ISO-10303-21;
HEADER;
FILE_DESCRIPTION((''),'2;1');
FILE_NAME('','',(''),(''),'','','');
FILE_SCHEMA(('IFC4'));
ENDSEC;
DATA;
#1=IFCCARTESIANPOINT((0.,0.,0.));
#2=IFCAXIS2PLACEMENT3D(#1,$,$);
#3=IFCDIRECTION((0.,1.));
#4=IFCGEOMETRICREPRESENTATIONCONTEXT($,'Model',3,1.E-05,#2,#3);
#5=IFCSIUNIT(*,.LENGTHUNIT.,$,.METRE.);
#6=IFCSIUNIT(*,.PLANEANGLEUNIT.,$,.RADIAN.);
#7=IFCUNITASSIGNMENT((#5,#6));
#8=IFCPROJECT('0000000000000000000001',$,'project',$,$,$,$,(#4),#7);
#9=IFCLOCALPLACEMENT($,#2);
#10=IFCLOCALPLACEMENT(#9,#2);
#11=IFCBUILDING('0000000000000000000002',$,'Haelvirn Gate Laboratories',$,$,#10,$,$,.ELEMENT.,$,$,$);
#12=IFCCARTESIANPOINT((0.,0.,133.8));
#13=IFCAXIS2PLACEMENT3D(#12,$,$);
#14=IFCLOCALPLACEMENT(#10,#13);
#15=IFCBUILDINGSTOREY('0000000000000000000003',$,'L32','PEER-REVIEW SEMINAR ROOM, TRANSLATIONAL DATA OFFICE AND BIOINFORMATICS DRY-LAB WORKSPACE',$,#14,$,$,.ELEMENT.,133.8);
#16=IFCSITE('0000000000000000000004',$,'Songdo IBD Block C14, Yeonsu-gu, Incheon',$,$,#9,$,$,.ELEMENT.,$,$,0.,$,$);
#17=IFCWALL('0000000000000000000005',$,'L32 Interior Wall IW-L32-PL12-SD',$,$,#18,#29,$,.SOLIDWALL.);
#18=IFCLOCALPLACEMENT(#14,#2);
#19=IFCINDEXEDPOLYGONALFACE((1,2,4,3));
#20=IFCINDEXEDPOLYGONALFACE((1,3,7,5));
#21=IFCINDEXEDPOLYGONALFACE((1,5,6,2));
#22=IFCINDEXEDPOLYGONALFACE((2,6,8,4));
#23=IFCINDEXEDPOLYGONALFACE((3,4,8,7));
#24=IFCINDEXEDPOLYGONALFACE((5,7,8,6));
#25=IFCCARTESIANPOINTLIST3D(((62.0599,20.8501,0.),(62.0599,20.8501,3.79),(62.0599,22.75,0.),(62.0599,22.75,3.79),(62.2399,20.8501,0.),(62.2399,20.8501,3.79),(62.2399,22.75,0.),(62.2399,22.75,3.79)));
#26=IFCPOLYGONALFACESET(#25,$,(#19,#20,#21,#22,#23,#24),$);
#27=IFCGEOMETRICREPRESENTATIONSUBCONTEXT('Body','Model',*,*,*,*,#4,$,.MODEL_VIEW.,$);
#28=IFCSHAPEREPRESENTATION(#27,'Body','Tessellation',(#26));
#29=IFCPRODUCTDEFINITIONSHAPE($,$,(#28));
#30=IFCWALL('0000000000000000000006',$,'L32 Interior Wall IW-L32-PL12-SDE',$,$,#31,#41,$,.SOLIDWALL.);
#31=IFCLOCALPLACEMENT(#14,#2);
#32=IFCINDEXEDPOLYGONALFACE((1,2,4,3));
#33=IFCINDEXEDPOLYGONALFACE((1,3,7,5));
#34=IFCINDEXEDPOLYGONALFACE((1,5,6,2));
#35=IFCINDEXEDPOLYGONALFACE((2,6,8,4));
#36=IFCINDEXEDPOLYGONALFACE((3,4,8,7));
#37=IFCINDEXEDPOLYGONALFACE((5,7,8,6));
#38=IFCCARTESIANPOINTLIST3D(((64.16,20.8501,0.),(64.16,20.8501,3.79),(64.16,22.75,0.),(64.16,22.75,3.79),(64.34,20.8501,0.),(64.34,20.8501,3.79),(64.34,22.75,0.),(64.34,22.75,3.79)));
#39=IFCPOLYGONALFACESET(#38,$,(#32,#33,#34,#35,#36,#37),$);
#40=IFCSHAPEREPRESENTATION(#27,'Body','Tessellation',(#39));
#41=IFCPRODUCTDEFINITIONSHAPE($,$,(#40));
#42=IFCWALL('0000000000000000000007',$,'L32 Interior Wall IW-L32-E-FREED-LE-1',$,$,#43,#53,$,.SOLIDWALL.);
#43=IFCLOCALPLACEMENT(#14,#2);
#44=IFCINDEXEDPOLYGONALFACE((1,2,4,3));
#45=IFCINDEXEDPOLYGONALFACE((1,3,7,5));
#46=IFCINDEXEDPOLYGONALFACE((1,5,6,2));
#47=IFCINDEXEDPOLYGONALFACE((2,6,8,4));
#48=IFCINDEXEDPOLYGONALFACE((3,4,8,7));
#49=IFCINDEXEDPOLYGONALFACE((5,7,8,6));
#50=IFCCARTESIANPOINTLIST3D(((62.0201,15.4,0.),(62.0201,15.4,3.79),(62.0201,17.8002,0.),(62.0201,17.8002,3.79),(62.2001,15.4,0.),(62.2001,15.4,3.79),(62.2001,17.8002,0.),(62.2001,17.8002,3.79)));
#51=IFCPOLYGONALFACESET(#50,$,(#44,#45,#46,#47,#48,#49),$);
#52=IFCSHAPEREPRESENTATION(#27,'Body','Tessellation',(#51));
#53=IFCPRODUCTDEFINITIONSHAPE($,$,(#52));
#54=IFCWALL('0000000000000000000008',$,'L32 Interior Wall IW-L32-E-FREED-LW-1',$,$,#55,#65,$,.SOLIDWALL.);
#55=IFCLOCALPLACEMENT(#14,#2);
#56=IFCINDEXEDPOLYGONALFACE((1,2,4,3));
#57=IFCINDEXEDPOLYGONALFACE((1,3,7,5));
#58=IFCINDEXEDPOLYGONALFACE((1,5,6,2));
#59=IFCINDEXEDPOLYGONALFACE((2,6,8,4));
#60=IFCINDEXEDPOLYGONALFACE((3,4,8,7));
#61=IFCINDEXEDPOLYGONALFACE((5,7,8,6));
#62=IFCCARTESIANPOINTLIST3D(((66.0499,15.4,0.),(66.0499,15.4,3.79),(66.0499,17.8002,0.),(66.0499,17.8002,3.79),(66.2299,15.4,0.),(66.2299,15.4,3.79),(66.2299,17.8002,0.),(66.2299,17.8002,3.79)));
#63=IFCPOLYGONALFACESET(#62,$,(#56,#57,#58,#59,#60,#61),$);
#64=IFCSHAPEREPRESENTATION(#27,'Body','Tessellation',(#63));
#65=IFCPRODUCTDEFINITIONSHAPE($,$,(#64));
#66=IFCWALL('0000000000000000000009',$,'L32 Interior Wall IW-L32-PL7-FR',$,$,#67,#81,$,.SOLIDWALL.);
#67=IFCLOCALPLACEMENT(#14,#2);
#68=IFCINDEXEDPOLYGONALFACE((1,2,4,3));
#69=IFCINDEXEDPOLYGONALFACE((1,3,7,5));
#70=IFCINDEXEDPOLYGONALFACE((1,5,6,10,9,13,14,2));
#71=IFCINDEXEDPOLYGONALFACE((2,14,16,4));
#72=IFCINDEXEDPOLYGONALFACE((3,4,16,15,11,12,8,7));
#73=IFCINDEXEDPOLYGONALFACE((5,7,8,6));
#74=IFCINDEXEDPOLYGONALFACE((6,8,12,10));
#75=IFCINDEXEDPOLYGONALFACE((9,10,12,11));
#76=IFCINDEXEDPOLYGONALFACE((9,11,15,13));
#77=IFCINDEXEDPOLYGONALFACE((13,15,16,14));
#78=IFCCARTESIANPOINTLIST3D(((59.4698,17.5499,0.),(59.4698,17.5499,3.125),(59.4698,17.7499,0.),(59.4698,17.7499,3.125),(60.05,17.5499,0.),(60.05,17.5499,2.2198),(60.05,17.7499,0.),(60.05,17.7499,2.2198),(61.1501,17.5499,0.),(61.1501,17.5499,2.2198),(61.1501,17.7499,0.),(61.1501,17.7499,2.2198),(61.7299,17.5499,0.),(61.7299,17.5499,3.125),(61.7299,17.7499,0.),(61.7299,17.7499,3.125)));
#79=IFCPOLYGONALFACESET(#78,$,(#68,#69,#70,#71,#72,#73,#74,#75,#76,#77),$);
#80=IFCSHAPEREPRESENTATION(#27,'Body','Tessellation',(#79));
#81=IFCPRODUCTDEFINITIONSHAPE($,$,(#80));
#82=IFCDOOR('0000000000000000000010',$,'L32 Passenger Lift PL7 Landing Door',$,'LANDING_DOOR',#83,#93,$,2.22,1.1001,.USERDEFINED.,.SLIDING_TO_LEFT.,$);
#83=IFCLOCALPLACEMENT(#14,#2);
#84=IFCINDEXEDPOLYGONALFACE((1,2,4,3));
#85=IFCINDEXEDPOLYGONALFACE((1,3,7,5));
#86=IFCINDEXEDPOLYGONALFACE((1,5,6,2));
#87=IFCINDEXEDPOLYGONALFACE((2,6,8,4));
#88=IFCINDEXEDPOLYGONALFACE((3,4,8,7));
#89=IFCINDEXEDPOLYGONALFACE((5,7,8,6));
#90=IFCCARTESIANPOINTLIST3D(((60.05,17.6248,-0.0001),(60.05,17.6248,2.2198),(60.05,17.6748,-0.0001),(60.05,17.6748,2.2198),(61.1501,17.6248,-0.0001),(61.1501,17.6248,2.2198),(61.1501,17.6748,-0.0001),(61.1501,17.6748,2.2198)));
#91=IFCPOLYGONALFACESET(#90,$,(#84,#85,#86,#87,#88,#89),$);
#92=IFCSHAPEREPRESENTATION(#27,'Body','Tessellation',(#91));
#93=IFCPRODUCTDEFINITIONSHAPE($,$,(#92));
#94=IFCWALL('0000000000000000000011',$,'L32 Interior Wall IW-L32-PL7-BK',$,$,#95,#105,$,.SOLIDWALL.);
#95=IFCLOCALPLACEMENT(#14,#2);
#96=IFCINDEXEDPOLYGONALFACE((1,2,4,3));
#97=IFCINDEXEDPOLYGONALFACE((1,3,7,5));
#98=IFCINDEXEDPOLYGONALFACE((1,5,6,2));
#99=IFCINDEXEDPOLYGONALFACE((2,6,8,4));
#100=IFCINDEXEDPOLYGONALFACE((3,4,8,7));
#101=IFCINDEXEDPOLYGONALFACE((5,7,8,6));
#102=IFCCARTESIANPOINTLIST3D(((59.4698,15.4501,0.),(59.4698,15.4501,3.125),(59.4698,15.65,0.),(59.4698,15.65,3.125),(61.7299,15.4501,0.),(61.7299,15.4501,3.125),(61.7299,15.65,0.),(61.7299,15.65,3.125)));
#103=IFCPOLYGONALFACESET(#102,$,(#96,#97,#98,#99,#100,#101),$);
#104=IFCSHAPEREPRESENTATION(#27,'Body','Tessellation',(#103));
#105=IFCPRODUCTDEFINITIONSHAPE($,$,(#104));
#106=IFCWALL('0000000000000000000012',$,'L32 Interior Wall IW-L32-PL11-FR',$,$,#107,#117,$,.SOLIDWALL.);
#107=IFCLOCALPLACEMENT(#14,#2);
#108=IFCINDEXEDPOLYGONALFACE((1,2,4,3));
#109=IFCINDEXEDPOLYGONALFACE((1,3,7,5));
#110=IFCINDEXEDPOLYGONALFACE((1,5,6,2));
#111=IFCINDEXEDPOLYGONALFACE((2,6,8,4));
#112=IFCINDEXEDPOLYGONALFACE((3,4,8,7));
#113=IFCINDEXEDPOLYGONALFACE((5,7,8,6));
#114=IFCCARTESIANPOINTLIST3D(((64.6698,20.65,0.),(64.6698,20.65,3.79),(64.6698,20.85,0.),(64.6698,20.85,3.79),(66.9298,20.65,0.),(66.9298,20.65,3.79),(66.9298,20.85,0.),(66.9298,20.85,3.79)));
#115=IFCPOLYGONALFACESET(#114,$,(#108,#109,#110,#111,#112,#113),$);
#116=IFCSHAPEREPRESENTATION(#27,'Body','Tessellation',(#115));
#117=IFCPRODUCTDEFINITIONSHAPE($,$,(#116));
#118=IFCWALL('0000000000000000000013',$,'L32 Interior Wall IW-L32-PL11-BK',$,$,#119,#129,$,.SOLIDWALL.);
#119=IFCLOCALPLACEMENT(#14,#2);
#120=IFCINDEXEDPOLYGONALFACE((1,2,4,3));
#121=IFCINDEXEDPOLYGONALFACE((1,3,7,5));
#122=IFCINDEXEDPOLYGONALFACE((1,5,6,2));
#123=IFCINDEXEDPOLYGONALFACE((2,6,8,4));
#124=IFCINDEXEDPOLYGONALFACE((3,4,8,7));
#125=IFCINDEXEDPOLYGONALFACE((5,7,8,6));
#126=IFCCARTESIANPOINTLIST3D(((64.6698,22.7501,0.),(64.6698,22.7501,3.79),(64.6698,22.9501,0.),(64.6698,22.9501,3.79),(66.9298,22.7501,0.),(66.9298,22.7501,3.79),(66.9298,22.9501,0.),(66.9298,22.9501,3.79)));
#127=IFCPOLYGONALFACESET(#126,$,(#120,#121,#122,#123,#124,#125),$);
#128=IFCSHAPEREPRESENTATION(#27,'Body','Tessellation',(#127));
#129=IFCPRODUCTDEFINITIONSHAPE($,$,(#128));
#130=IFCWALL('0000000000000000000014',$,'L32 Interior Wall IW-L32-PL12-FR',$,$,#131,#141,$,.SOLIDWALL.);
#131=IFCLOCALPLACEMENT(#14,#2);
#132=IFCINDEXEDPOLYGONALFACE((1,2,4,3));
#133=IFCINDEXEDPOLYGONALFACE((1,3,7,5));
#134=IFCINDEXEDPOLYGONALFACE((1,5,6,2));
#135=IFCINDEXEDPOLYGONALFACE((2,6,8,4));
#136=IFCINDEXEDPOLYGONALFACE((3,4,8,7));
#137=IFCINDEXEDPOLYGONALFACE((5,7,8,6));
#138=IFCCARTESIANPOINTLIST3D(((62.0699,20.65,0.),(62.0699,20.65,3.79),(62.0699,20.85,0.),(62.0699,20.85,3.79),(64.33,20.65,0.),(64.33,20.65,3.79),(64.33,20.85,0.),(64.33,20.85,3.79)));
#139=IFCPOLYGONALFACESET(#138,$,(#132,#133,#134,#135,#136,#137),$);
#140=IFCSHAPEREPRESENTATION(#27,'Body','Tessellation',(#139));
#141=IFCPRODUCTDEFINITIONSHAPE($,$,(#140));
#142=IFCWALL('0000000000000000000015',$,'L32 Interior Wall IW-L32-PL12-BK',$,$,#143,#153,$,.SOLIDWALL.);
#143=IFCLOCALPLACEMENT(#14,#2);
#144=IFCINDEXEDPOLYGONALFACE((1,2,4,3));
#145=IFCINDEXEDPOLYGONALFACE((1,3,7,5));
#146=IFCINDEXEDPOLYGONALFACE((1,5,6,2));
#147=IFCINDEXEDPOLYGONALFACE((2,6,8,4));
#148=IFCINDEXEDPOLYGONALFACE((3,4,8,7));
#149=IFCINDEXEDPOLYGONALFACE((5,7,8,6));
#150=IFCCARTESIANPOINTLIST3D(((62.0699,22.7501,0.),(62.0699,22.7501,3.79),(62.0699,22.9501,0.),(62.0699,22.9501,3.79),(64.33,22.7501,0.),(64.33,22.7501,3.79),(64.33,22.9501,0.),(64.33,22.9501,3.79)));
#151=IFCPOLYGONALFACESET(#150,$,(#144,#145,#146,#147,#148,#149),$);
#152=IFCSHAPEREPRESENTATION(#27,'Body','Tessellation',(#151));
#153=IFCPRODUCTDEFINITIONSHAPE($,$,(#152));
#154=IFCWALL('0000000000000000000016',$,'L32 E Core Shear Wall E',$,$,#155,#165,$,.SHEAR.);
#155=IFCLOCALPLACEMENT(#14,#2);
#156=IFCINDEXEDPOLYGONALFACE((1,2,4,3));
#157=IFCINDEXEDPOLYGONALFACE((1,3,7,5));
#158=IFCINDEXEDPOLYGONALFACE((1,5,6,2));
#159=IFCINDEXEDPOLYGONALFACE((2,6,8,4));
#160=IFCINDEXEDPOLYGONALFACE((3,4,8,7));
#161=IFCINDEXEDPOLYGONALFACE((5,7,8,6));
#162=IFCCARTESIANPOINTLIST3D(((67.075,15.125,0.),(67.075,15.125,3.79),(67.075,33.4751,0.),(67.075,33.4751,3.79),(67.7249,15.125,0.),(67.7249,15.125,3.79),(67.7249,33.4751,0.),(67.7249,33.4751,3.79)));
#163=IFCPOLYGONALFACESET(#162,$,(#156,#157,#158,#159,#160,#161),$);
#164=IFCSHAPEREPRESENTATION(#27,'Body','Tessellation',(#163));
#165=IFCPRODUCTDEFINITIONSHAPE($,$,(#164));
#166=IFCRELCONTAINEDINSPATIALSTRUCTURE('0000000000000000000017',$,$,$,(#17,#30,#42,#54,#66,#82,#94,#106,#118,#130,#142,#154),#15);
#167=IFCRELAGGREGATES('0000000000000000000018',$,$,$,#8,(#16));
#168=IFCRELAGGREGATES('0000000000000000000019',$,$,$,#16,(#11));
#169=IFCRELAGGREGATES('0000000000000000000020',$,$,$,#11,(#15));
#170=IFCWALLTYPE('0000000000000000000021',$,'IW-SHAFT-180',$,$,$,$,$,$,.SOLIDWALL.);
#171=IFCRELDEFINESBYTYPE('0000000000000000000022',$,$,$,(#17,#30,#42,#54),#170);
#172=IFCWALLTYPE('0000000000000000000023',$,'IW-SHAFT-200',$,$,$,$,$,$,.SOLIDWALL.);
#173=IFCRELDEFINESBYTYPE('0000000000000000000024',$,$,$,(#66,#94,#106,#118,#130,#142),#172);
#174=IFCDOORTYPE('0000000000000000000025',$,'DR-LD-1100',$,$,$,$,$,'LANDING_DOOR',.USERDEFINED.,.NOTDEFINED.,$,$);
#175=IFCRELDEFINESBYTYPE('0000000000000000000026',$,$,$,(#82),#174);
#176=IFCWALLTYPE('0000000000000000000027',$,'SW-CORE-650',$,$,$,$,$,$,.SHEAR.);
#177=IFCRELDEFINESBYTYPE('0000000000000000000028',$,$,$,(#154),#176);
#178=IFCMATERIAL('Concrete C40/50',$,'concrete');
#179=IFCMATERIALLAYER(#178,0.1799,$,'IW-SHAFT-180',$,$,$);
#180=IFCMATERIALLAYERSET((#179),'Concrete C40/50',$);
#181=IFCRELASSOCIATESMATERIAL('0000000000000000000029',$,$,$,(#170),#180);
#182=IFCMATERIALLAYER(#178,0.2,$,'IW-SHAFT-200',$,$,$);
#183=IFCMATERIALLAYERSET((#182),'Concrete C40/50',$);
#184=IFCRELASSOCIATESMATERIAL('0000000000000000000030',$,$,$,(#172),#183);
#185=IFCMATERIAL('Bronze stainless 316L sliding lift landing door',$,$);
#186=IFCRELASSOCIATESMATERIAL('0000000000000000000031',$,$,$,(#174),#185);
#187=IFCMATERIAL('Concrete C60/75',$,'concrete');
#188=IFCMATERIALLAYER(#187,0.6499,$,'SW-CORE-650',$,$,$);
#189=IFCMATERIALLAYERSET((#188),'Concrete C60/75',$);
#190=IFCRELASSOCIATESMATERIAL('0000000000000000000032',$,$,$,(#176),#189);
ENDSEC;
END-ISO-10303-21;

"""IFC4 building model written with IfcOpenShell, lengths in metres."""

from ifc_helpers import new_model, si_unit, direction, frame, frame_2d, origin, place, context, subcontext, project, spatial, rectangle, extrude, source, transform, mapped, material, layer, layer_set, type_object, type_shapes, element, fill, save


model = new_model("IFC4")

# Units and contexts
model_context = context("Model", 3, precision=1e-05, world=origin(), true_north=direction((0.0, 1.0)))
body_context = subcontext(model_context, "Body", "Model", "MODEL_VIEW")
ifc_project = project(units=[si_unit("LENGTHUNIT", "METRE"), si_unit("PLANEANGLEUNIT", "RADIAN")], contexts=[model_context])

# Site, building, storey
site_placement = place(None, origin())
site = spatial("IfcSite", under=ifc_project, at=site_placement, Name="Songdo IBD Block C14, Yeonsu-gu, Incheon", CompositionType="ELEMENT", RefElevation=0.0)
building_placement = place(site_placement, origin())
building = spatial("IfcBuilding", under=site, at=building_placement, Name="Haelvirn Gate Laboratories", CompositionType="ELEMENT")
storey_placement = place(building_placement, frame((0.0, 0.0, 133.8)))
storey = spatial("IfcBuildingStorey", under=building, at=storey_placement, Name="L32", Description="PEER-REVIEW SEMINAR ROOM, TRANSLATIONAL DATA OFFICE AND BIOINFORMATICS DRY-LAB WORKSPACE", CompositionType="ELEMENT", Elevation=133.8)

# Shared definitions
ifc_material_1 = material(Name="Concrete C60/75", Category="concrete")

# Walls
ifc_material_2 = material(Name="Concrete C40/50", Category="concrete")
ifc_layer_1 = layer(ifc_material_2, 0.1799, Name="IW-SHAFT-180")
ifc_layer_set_1 = layer_set([ifc_layer_1], Name="Concrete C40/50")
wall_type_1 = type_object("IfcWallType", Name="IW-SHAFT-180", PredefinedType="SOLIDWALL", material=ifc_layer_set_1)
for number, where, z_axis, x_axis, name in (
    (1, (62.1499, 20.8501, 0.0), (0.0, 0.0, 1.0), (0.0, 1.0, 0.0), "L32 Interior Wall IW-L32-PL12-SD"),
    (2, (64.25, 20.8501, 0.0), (0.0, 0.0, 1.0), (0.0, 1.0, 0.0), "L32 Interior Wall IW-L32-PL12-SDE"),
):
    element("IfcWall", number, at=place(storey_placement, frame(where, z_axis=z_axis, x_axis=x_axis)), inside=storey, type_object=wall_type_1, Name=name, PredefinedType="SOLIDWALL", context=body_context, shape_type="SweptSolid", body=[
        extrude(rectangle(XDim=1.8999, YDim=0.1799, at=frame_2d((0.95, 0.0))), origin(), (0.0, 0.0, 1.0), 3.79),
    ])

# Walls
for number, where, z_axis, x_axis, name in (
    (3, (62.1101, 15.3999, 0.0), (0.0, 0.0, 1.0), (0.0, 1.0, 0.0), "L32 Interior Wall IW-L32-E-FREED-LE-1"),
    (4, (66.1399, 15.3999, 0.0), (0.0, 0.0, 1.0), (0.0, 1.0, 0.0), "L32 Interior Wall IW-L32-E-FREED-LW-1"),
):
    element("IfcWall", number, at=place(storey_placement, frame(where, z_axis=z_axis, x_axis=x_axis)), inside=storey, type_object=wall_type_1, Name=name, PredefinedType="SOLIDWALL", context=body_context, shape_type="SweptSolid", body=[
        extrude(rectangle(XDim=2.4001, YDim=0.1799, at=frame_2d((1.2002, 0.0))), origin(), (0.0, 0.0, 1.0), 3.79),
    ])

# Wall, opening, door
ifc_layer_2 = layer(ifc_material_2, 0.2, Name="IW-SHAFT-200")
ifc_layer_set_2 = layer_set([ifc_layer_2], Name="Concrete C40/50")
wall_type_2 = type_object("IfcWallType", Name="IW-SHAFT-200", PredefinedType="SOLIDWALL", material=ifc_layer_set_2)
wall_1_placement = place(storey_placement, frame((59.47, 17.6499, 0.0), z_axis=(0.0, 0.0, 1.0), x_axis=(1.0, 0.0, 0.0)))
wall_1 = element("IfcWall", 5, at=wall_1_placement, inside=storey, type_object=wall_type_2, Name="L32 Interior Wall IW-L32-PL7-FR", PredefinedType="SOLIDWALL", context=body_context, shape_type="SweptSolid", body=[
    extrude(rectangle(XDim=2.26, YDim=0.2, at=frame_2d((1.1299, 0.0))), origin(), (0.0, 0.0, 1.0), 3.125),
])
opening_1_placement = place(wall_1_placement, frame((0.5801, 0.0, 0.0)))
opening_1 = element("IfcOpeningElement", 6, at=opening_1_placement, cuts=wall_1, PredefinedType="OPENING", context=body_context, shape_type="SweptSolid", body=[
    extrude(rectangle(XDim=1.1001, YDim=2.22, at=frame_2d((0.55, 1.1099))), frame((0.0, 0.1099, 0.0), z_axis=(0.0, -1.0, 0.0), x_axis=(1.0, 0.0, 0.0)), (0.0, 0.0, 1.0), 0.22),
])
ifc_material_3 = material(Name="Bronze stainless 316L sliding lift landing door")
door_type_1 = type_object("IfcDoorType", Name="DR-LD-1100", ElementType="LANDING_DOOR", OperationType="NOTDEFINED", PredefinedType="USERDEFINED", material=ifc_material_3)
shared_shape_1 = source(origin(), body_context, "Body", "SweptSolid", [
    extrude(rectangle(XDim=1.1001, YDim=2.22, at=frame_2d((0.55, 1.1099))), frame((0.0, 0.0249, 0.0), z_axis=(0.0, -1.0, 0.0), x_axis=(1.0, 0.0, 0.0)), (0.0, 0.0, 1.0), 0.05),
])
type_shapes(door_type_1, [shared_shape_1])
door_1_placement = place(opening_1_placement, origin())
door_1 = element("IfcDoor", 7, at=door_1_placement, inside=storey, type_object=door_type_1, Name="L32 Passenger Lift PL7 Landing Door", ObjectType="LANDING_DOOR", OperationType="SLIDING_TO_LEFT", OverallHeight=2.22, OverallWidth=1.1001, PredefinedType="USERDEFINED", context=body_context, shape_type="MappedRepresentation", body=[
    mapped(shared_shape_1, transform((0.0, 0.0, 0.0), scale=1.0)),
])
fill(opening_1, door_1)

# Walls
wall_2_placement = place(storey_placement, frame((59.47, 15.55, 0.0), z_axis=(0.0, 0.0, 1.0), x_axis=(1.0, 0.0, 0.0)))
element("IfcWall", 8, at=wall_2_placement, inside=storey, type_object=wall_type_2, Name="L32 Interior Wall IW-L32-PL7-BK", PredefinedType="SOLIDWALL", context=body_context, shape_type="SweptSolid", body=[
    extrude(rectangle(XDim=2.26, YDim=0.2, at=frame_2d((1.1299, 0.0))), origin(), (0.0, 0.0, 1.0), 3.125),
])
for number, where, z_axis, x_axis, name in (
    (9, (64.6699, 20.75, 0.0), (0.0, 0.0, 1.0), (1.0, 0.0, 0.0), "L32 Interior Wall IW-L32-PL11-FR"),
    (10, (64.6699, 22.8501, 0.0), (0.0, 0.0, 1.0), (1.0, 0.0, 0.0), "L32 Interior Wall IW-L32-PL11-BK"),
    (11, (62.0701, 20.75, 0.0), (0.0, 0.0, 1.0), (1.0, 0.0, 0.0), "L32 Interior Wall IW-L32-PL12-FR"),
    (12, (62.0701, 22.8501, 0.0), (0.0, 0.0, 1.0), (1.0, 0.0, 0.0), "L32 Interior Wall IW-L32-PL12-BK"),
):
    element("IfcWall", number, at=place(storey_placement, frame(where, z_axis=z_axis, x_axis=x_axis)), inside=storey, type_object=wall_type_2, Name=name, PredefinedType="SOLIDWALL", context=body_context, shape_type="SweptSolid", body=[
        extrude(rectangle(XDim=2.26, YDim=0.2, at=frame_2d((1.1299, 0.0))), origin(), (0.0, 0.0, 1.0), 3.79),
    ])
ifc_layer_3 = layer(ifc_material_1, 0.6499, Name="SW-CORE-650")
ifc_layer_set_3 = layer_set([ifc_layer_3], Name="Concrete C60/75")
wall_type_3 = type_object("IfcWallType", Name="SW-CORE-650", PredefinedType="SHEAR", material=ifc_layer_set_3)
wall_3_placement = place(storey_placement, frame((67.3999, 15.125, 0.0), z_axis=(0.0, 0.0, 1.0), x_axis=(0.0, 1.0, 0.0)))
element("IfcWall", 13, at=wall_3_placement, inside=storey, type_object=wall_type_3, Name="L32 E Core Shear Wall E", PredefinedType="SHEAR", context=body_context, shape_type="SweptSolid", body=[
    extrude(rectangle(XDim=18.3501, YDim=0.6499, at=frame_2d((9.175, 0.0))), origin(), (0.0, 0.0, 1.0), 3.79),
])

save(model, "model.ifc")
